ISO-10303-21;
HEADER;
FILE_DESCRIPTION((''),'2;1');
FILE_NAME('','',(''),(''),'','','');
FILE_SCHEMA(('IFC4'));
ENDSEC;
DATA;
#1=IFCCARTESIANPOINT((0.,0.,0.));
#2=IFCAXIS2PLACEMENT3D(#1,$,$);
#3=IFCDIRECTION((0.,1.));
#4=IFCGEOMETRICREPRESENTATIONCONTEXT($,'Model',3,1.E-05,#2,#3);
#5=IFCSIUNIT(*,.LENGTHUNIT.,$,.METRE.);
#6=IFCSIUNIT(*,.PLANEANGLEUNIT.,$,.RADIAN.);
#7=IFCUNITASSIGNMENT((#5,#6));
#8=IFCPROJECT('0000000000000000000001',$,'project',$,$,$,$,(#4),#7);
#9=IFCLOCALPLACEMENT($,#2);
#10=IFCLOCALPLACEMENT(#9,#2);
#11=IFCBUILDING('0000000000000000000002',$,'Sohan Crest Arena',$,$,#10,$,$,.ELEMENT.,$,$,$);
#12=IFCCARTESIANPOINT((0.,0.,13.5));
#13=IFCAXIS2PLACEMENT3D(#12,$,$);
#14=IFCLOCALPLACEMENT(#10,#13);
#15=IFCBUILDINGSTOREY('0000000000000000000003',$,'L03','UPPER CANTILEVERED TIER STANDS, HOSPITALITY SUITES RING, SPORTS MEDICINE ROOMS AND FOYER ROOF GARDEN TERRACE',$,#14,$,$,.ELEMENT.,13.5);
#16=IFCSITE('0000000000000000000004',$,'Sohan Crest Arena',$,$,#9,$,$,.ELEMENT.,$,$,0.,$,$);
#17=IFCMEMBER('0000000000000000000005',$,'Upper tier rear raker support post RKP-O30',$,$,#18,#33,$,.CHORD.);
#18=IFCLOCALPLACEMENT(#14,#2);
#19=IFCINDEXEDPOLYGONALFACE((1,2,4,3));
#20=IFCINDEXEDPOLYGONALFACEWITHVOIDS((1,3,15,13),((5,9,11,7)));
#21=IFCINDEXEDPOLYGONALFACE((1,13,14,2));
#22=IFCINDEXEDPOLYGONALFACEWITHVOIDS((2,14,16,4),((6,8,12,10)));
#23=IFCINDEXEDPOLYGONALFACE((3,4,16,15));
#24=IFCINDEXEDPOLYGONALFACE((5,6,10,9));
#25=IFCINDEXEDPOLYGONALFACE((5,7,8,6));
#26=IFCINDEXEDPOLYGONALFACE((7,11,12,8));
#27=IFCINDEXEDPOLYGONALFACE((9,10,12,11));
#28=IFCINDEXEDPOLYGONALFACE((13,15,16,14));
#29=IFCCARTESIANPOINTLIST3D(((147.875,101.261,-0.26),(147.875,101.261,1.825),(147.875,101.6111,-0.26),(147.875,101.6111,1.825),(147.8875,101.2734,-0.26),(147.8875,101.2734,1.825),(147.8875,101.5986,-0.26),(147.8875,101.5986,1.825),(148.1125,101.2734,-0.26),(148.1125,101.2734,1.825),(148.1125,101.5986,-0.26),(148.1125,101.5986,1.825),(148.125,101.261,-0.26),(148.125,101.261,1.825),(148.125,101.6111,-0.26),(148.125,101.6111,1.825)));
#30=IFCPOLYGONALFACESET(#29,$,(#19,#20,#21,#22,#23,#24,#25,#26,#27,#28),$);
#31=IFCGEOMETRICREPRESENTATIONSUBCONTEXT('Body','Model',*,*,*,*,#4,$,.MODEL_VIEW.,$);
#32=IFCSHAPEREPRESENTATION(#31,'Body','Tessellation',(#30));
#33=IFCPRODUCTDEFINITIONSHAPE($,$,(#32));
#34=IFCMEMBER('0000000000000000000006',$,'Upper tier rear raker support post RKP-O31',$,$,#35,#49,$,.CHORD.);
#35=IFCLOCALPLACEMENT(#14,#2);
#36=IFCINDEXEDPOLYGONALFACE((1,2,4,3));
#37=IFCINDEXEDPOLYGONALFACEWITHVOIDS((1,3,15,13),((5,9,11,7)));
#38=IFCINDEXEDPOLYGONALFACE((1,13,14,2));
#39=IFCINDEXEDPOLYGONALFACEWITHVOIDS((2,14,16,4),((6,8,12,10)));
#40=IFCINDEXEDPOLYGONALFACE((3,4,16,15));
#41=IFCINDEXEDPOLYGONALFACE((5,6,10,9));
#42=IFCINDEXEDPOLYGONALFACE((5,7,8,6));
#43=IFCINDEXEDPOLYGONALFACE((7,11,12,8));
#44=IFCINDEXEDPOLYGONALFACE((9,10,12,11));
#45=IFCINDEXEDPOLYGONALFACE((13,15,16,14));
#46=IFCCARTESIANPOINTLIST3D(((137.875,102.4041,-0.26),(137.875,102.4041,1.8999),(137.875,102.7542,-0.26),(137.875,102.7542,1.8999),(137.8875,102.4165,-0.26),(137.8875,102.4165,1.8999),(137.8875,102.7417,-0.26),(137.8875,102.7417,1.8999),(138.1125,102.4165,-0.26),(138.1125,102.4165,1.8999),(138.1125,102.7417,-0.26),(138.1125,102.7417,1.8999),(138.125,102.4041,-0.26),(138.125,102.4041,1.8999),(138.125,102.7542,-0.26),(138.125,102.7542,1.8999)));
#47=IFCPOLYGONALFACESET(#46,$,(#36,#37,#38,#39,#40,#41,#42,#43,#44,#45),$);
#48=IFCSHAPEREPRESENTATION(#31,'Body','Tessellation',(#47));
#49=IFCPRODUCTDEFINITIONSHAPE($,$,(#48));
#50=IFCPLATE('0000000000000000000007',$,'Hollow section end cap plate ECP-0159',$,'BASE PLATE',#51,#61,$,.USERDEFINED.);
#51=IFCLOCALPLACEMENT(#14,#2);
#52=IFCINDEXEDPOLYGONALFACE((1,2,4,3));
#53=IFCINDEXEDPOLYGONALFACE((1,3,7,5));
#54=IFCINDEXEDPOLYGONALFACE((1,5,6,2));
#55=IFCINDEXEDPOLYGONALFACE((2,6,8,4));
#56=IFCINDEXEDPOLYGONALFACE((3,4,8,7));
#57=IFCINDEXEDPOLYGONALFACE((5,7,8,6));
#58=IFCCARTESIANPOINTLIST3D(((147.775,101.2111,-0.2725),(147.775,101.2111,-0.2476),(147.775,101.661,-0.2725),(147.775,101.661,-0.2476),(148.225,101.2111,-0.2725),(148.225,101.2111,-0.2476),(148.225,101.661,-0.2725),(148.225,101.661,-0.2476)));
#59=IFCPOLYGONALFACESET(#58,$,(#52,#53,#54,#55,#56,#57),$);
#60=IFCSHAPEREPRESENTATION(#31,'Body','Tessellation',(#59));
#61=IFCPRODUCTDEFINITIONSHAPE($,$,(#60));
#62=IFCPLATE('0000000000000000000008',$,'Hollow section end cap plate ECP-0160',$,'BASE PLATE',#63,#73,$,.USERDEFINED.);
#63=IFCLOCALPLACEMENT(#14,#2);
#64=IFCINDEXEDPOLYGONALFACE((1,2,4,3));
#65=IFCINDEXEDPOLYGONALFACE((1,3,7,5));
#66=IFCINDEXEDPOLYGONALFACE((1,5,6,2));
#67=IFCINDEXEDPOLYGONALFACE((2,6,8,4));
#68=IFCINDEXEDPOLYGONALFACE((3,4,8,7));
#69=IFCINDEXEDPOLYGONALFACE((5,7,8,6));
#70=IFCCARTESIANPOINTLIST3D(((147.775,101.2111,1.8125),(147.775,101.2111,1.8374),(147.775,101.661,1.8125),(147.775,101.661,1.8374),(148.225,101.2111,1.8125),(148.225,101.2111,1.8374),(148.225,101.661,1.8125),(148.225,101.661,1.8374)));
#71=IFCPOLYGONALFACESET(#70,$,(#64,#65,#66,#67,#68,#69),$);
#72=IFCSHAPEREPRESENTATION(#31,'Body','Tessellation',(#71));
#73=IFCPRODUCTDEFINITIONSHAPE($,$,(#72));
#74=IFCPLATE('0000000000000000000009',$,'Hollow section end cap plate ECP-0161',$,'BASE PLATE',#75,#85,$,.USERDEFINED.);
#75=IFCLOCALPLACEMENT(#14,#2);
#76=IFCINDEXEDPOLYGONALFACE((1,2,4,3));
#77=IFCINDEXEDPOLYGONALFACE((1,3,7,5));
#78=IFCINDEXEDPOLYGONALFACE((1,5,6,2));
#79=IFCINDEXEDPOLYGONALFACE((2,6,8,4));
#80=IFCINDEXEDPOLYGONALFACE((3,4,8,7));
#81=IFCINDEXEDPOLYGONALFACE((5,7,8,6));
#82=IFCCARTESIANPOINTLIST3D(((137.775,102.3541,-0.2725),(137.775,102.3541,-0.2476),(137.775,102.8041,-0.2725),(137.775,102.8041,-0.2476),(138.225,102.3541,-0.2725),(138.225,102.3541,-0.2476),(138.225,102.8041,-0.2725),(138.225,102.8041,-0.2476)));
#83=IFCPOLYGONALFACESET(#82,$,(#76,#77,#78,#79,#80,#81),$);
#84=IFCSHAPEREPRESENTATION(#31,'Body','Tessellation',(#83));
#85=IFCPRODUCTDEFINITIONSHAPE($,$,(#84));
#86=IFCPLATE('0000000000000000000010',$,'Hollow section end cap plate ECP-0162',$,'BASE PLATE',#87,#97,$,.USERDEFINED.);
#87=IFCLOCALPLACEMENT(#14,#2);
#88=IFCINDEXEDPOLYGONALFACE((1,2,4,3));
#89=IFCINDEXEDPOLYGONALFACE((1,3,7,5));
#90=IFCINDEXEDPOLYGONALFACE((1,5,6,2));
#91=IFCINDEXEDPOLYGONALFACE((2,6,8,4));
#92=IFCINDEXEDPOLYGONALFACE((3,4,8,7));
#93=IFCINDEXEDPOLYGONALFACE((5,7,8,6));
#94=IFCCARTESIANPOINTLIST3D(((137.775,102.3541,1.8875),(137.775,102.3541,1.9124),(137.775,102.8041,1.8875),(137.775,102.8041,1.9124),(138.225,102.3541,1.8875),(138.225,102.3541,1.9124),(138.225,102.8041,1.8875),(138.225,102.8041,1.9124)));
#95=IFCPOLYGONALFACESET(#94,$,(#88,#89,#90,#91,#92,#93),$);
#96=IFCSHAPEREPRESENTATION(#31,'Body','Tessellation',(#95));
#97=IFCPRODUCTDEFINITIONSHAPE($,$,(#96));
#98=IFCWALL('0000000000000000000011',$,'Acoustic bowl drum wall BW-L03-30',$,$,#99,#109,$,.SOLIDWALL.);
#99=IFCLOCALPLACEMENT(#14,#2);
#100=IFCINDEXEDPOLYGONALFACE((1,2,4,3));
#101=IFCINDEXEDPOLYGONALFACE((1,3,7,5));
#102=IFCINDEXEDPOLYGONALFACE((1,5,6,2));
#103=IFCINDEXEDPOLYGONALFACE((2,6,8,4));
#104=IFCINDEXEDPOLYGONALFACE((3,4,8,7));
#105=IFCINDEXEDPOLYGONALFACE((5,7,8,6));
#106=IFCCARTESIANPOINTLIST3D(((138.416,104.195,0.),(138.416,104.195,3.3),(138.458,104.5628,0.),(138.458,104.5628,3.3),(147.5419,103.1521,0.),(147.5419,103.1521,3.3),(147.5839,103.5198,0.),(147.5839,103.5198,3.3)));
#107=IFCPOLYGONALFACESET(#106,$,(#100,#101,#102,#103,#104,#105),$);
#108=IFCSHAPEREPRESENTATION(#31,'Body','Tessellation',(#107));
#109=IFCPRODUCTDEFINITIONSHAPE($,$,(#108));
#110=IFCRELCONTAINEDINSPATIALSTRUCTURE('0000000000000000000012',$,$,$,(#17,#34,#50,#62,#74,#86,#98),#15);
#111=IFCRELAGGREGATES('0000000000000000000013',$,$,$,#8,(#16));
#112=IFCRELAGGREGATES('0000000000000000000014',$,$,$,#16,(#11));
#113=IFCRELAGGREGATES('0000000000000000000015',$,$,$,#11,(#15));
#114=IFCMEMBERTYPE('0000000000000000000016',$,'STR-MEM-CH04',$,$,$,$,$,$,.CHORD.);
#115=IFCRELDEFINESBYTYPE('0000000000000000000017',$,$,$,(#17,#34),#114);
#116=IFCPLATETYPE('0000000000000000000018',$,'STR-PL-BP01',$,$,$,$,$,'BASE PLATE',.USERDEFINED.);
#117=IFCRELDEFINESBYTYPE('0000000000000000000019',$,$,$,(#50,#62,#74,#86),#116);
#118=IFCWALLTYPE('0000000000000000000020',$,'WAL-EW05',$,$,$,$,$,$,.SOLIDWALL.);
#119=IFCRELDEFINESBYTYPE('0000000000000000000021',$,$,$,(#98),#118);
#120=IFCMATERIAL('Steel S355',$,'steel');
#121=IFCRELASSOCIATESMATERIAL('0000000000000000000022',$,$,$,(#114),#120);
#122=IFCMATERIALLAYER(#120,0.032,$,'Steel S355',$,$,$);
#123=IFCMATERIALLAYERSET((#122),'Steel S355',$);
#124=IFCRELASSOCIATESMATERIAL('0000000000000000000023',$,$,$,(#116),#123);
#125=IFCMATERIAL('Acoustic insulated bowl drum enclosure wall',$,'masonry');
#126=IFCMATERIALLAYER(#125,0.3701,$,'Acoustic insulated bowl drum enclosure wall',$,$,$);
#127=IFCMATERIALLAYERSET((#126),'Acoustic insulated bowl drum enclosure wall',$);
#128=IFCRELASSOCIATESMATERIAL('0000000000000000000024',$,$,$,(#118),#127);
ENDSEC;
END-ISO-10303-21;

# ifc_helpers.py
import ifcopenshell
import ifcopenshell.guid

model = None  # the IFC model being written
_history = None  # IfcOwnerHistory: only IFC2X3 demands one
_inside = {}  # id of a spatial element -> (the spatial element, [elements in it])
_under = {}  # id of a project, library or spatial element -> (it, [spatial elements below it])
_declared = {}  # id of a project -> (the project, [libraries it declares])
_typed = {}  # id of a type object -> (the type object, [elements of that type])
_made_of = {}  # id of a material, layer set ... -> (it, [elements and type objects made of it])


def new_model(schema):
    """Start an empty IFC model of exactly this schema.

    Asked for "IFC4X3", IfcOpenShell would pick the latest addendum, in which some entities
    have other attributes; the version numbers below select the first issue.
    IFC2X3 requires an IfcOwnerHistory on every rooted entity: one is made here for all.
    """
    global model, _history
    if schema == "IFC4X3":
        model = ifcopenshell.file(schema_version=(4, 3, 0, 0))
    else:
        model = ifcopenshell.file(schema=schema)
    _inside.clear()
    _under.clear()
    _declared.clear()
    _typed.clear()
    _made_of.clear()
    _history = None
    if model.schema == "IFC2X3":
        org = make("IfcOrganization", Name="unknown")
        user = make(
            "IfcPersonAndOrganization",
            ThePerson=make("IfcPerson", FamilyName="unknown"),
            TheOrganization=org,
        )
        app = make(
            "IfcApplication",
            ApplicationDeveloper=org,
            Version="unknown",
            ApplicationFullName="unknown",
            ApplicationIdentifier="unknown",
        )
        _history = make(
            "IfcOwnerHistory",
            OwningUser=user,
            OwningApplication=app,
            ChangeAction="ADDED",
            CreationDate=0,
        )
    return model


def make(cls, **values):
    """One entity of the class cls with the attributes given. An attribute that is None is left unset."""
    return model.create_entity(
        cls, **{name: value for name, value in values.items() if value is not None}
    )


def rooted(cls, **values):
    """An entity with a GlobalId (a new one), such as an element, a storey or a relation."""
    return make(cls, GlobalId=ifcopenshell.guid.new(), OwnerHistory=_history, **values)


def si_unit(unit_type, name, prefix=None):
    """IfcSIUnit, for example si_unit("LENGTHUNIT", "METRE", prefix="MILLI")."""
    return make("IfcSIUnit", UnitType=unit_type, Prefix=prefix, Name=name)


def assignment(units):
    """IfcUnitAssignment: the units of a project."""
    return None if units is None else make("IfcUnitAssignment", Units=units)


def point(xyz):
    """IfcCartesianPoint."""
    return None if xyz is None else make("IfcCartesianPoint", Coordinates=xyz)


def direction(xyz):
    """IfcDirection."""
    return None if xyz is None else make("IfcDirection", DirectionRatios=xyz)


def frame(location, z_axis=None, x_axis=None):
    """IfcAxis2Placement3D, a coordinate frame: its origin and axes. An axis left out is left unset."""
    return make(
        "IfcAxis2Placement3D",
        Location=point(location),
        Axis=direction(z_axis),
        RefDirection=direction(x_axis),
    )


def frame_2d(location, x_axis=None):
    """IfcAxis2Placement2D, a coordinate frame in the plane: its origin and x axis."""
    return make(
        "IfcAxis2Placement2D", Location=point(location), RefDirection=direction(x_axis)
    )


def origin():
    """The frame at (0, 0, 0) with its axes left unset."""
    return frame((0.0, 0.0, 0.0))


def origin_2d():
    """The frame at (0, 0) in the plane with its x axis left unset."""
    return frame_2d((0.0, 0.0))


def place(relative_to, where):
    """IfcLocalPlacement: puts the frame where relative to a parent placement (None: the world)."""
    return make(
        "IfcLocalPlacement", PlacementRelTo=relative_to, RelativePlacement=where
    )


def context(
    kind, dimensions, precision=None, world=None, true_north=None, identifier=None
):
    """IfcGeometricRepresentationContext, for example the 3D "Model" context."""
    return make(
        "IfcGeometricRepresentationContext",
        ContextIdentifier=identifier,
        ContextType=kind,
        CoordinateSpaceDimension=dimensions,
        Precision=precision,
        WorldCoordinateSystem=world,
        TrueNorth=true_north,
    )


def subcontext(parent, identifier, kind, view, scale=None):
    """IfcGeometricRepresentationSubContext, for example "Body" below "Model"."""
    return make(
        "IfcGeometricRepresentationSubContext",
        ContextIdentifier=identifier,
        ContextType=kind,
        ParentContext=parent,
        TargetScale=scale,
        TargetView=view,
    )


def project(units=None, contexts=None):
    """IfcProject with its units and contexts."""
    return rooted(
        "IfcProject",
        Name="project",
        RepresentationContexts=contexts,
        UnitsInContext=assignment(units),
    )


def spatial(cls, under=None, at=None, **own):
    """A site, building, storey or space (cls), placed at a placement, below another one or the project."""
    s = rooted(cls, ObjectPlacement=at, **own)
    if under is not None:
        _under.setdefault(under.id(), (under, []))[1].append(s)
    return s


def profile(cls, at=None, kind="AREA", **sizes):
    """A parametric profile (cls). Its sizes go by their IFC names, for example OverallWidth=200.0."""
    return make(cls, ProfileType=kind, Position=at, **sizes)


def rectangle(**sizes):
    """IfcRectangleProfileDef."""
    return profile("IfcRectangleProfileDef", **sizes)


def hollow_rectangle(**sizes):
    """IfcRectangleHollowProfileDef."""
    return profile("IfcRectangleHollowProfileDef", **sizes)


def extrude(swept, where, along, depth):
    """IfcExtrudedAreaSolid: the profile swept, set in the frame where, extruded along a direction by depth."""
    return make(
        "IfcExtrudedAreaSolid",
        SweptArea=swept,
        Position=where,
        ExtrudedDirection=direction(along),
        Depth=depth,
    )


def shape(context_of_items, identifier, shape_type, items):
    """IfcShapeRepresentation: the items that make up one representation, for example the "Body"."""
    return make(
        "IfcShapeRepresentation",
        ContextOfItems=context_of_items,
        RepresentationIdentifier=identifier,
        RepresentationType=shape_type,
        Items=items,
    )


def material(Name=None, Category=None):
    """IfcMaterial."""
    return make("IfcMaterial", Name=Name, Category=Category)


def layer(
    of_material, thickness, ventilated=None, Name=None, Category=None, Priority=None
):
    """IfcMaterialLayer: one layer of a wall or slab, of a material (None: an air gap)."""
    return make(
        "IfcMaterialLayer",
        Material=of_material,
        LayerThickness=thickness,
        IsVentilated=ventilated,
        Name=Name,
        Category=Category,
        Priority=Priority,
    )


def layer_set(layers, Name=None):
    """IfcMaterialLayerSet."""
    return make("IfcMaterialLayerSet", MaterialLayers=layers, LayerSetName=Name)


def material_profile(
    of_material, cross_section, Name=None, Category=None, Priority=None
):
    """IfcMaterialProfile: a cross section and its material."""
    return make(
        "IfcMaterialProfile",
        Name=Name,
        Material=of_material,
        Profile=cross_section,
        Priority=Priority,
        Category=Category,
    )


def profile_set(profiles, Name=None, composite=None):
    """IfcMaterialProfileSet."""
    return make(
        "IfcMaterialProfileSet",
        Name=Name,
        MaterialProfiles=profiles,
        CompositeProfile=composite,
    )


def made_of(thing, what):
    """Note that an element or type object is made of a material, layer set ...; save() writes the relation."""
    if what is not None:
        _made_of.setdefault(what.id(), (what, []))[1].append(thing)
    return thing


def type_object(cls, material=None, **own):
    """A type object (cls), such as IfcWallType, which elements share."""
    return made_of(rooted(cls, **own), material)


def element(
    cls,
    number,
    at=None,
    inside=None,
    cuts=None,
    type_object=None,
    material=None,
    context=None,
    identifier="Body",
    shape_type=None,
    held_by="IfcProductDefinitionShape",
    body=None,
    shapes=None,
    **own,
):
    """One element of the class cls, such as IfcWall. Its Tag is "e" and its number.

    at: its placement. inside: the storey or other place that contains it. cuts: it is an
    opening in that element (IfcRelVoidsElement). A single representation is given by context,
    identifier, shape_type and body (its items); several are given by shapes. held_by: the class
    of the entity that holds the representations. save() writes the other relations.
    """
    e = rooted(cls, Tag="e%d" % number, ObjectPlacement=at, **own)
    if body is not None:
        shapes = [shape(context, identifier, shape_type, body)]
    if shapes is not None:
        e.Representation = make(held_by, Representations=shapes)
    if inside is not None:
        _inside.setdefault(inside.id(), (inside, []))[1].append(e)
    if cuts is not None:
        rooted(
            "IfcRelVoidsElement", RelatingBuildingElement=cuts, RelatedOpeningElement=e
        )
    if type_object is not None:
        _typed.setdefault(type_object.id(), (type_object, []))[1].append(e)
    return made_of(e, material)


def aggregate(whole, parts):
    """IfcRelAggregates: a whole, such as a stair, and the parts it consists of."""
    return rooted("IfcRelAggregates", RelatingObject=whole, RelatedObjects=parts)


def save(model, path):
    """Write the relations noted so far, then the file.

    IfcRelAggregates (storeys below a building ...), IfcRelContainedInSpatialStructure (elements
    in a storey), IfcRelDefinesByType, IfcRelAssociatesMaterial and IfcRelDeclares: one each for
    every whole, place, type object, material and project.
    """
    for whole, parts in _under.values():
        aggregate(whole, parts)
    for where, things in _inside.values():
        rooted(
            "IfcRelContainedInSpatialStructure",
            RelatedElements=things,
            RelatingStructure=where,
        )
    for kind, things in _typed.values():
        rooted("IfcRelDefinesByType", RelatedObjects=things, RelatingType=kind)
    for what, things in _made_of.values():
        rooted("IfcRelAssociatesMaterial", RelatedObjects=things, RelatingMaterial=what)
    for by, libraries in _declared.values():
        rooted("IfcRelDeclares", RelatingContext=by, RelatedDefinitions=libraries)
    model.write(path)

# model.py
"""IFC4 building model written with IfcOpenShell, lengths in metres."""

from ifc_helpers import new_model, si_unit, direction, frame, frame_2d, origin, origin_2d, place, context, subcontext, project, spatial, rectangle, hollow_rectangle, extrude, material, layer, layer_set, material_profile, profile_set, type_object, element, save


model = new_model("IFC4")

# Units and contexts
model_context = context("Model", 3, precision=1e-05, world=origin(), true_north=direction((0.0, 1.0)))
body_context = subcontext(model_context, "Body", "Model", "MODEL_VIEW")
ifc_project = project(units=[si_unit("LENGTHUNIT", "METRE"), si_unit("PLANEANGLEUNIT", "RADIAN")], contexts=[model_context])

# Site, building, storey
site_placement = place(None, origin())
site = spatial("IfcSite", under=ifc_project, at=site_placement, Name="Sohan Crest Arena", CompositionType="ELEMENT", RefElevation=0.0)
building_placement = place(site_placement, origin())
building = spatial("IfcBuilding", under=site, at=building_placement, Name="Sohan Crest Arena", CompositionType="ELEMENT")
storey_placement = place(building_placement, frame((0.0, 0.0, 13.5)))
storey = spatial("IfcBuildingStorey", under=building, at=storey_placement, Name="L03", Description="UPPER CANTILEVERED TIER STANDS, HOSPITALITY SUITES RING, SPORTS MEDICINE ROOMS AND FOYER ROOF GARDEN TERRACE", CompositionType="ELEMENT", Elevation=13.5)

# Shared definitions
ifc_material_1 = material(Name="Steel S355", Category="steel")

# Members
ifc_material_profile_1 = material_profile(ifc_material_1, hollow_rectangle(XDim=0.25, YDim=0.3501, WallThickness=0.0125, at=origin_2d()), Name="RHS 350x250x12.5")
ifc_profile_set_1 = profile_set([ifc_material_profile_1], Name="Steel S355")
member_type = type_object("IfcMemberType", Name="STR-MEM-CH04", PredefinedType="CHORD", material=ifc_profile_set_1)
member_1_placement = place(storey_placement, frame((148.0, 101.436, -0.26), z_axis=(0.0, 0.0, 1.0), x_axis=(1.0, 0.0, 0.0)))
element("IfcMember", 1, at=member_1_placement, inside=storey, type_object=member_type, Name="Upper tier rear raker support post RKP-O30", PredefinedType="CHORD", context=body_context, shape_type="SweptSolid", body=[
    extrude(hollow_rectangle(XDim=0.25, YDim=0.3501, WallThickness=0.0125, at=origin_2d()), origin(), (0.0, 0.0, 1.0), 2.085),
])
member_2_placement = place(storey_placement, frame((138.0, 102.5791, -0.26), z_axis=(0.0, 0.0, 1.0), x_axis=(1.0, 0.0, 0.0)))
element("IfcMember", 2, at=member_2_placement, inside=storey, type_object=member_type, Name="Upper tier rear raker support post RKP-O31", PredefinedType="CHORD", context=body_context, shape_type="SweptSolid", body=[
    extrude(hollow_rectangle(XDim=0.25, YDim=0.3501, WallThickness=0.0125, at=origin_2d()), origin(), (0.0, 0.0, 1.0), 2.1599),
])

# Plates
ifc_layer_1 = layer(ifc_material_1, 0.032, Name="Steel S355")
ifc_layer_set_1 = layer_set([ifc_layer_1], Name="Steel S355")
plate_type = type_object("IfcPlateType", Name="STR-PL-BP01", ElementType="BASE PLATE", PredefinedType="USERDEFINED", material=ifc_layer_set_1)
for number, where, z_axis, x_axis, name in (
    (3, (148.0, 101.436, -0.2725), (0.0, 0.0, 1.0), (1.0, 0.0, 0.0), "Hollow section end cap plate ECP-0159"),
    (4, (148.0, 101.436, 1.8125), (0.0, 0.0, 1.0), (1.0, 0.0, 0.0), "Hollow section end cap plate ECP-0160"),
    (5, (138.0, 102.5791, -0.2725), (0.0, 0.0, 1.0), (1.0, 0.0, 0.0), "Hollow section end cap plate ECP-0161"),
    (6, (138.0, 102.5791, 1.8875), (0.0, 0.0, 1.0), (1.0, 0.0, 0.0), "Hollow section end cap plate ECP-0162"),
):
    element("IfcPlate", number, at=place(storey_placement, frame(where, z_axis=z_axis, x_axis=x_axis)), inside=storey, type_object=plate_type, Name=name, ObjectType="BASE PLATE", PredefinedType="USERDEFINED", context=body_context, shape_type="SweptSolid", body=[
        extrude(rectangle(XDim=0.45, YDim=0.45, at=origin_2d()), origin(), (0.0, 0.0, 1.0), 0.0249),
    ])

# Wall
ifc_material_2 = material(Name="Acoustic insulated bowl drum enclosure wall", Category="masonry")
ifc_layer_2 = layer(ifc_material_2, 0.3701, Name="Acoustic insulated bowl drum enclosure wall")
ifc_layer_set_2 = layer_set([ifc_layer_2], Name="Acoustic insulated bowl drum enclosure wall")
wall_type = type_object("IfcWallType", Name="WAL-EW05", PredefinedType="SOLIDWALL", material=ifc_layer_set_2)
wall_placement = place(storey_placement, frame((147.563, 103.3359, 0.0), z_axis=(0.0, 0.0, 1.0), x_axis=(-0.993533, 0.113547, 0.0)))
element("IfcWall", 7, at=wall_placement, inside=storey, type_object=wall_type, Name="Acoustic bowl drum wall BW-L03-30", PredefinedType="SOLIDWALL", context=body_context, shape_type="SweptSolid", body=[
    extrude(rectangle(XDim=9.1853, YDim=0.3701, at=frame_2d((4.5928, 0.0))), origin(), (0.0, 0.0, 1.0), 3.3),
])

save(model, "model.ifc")
